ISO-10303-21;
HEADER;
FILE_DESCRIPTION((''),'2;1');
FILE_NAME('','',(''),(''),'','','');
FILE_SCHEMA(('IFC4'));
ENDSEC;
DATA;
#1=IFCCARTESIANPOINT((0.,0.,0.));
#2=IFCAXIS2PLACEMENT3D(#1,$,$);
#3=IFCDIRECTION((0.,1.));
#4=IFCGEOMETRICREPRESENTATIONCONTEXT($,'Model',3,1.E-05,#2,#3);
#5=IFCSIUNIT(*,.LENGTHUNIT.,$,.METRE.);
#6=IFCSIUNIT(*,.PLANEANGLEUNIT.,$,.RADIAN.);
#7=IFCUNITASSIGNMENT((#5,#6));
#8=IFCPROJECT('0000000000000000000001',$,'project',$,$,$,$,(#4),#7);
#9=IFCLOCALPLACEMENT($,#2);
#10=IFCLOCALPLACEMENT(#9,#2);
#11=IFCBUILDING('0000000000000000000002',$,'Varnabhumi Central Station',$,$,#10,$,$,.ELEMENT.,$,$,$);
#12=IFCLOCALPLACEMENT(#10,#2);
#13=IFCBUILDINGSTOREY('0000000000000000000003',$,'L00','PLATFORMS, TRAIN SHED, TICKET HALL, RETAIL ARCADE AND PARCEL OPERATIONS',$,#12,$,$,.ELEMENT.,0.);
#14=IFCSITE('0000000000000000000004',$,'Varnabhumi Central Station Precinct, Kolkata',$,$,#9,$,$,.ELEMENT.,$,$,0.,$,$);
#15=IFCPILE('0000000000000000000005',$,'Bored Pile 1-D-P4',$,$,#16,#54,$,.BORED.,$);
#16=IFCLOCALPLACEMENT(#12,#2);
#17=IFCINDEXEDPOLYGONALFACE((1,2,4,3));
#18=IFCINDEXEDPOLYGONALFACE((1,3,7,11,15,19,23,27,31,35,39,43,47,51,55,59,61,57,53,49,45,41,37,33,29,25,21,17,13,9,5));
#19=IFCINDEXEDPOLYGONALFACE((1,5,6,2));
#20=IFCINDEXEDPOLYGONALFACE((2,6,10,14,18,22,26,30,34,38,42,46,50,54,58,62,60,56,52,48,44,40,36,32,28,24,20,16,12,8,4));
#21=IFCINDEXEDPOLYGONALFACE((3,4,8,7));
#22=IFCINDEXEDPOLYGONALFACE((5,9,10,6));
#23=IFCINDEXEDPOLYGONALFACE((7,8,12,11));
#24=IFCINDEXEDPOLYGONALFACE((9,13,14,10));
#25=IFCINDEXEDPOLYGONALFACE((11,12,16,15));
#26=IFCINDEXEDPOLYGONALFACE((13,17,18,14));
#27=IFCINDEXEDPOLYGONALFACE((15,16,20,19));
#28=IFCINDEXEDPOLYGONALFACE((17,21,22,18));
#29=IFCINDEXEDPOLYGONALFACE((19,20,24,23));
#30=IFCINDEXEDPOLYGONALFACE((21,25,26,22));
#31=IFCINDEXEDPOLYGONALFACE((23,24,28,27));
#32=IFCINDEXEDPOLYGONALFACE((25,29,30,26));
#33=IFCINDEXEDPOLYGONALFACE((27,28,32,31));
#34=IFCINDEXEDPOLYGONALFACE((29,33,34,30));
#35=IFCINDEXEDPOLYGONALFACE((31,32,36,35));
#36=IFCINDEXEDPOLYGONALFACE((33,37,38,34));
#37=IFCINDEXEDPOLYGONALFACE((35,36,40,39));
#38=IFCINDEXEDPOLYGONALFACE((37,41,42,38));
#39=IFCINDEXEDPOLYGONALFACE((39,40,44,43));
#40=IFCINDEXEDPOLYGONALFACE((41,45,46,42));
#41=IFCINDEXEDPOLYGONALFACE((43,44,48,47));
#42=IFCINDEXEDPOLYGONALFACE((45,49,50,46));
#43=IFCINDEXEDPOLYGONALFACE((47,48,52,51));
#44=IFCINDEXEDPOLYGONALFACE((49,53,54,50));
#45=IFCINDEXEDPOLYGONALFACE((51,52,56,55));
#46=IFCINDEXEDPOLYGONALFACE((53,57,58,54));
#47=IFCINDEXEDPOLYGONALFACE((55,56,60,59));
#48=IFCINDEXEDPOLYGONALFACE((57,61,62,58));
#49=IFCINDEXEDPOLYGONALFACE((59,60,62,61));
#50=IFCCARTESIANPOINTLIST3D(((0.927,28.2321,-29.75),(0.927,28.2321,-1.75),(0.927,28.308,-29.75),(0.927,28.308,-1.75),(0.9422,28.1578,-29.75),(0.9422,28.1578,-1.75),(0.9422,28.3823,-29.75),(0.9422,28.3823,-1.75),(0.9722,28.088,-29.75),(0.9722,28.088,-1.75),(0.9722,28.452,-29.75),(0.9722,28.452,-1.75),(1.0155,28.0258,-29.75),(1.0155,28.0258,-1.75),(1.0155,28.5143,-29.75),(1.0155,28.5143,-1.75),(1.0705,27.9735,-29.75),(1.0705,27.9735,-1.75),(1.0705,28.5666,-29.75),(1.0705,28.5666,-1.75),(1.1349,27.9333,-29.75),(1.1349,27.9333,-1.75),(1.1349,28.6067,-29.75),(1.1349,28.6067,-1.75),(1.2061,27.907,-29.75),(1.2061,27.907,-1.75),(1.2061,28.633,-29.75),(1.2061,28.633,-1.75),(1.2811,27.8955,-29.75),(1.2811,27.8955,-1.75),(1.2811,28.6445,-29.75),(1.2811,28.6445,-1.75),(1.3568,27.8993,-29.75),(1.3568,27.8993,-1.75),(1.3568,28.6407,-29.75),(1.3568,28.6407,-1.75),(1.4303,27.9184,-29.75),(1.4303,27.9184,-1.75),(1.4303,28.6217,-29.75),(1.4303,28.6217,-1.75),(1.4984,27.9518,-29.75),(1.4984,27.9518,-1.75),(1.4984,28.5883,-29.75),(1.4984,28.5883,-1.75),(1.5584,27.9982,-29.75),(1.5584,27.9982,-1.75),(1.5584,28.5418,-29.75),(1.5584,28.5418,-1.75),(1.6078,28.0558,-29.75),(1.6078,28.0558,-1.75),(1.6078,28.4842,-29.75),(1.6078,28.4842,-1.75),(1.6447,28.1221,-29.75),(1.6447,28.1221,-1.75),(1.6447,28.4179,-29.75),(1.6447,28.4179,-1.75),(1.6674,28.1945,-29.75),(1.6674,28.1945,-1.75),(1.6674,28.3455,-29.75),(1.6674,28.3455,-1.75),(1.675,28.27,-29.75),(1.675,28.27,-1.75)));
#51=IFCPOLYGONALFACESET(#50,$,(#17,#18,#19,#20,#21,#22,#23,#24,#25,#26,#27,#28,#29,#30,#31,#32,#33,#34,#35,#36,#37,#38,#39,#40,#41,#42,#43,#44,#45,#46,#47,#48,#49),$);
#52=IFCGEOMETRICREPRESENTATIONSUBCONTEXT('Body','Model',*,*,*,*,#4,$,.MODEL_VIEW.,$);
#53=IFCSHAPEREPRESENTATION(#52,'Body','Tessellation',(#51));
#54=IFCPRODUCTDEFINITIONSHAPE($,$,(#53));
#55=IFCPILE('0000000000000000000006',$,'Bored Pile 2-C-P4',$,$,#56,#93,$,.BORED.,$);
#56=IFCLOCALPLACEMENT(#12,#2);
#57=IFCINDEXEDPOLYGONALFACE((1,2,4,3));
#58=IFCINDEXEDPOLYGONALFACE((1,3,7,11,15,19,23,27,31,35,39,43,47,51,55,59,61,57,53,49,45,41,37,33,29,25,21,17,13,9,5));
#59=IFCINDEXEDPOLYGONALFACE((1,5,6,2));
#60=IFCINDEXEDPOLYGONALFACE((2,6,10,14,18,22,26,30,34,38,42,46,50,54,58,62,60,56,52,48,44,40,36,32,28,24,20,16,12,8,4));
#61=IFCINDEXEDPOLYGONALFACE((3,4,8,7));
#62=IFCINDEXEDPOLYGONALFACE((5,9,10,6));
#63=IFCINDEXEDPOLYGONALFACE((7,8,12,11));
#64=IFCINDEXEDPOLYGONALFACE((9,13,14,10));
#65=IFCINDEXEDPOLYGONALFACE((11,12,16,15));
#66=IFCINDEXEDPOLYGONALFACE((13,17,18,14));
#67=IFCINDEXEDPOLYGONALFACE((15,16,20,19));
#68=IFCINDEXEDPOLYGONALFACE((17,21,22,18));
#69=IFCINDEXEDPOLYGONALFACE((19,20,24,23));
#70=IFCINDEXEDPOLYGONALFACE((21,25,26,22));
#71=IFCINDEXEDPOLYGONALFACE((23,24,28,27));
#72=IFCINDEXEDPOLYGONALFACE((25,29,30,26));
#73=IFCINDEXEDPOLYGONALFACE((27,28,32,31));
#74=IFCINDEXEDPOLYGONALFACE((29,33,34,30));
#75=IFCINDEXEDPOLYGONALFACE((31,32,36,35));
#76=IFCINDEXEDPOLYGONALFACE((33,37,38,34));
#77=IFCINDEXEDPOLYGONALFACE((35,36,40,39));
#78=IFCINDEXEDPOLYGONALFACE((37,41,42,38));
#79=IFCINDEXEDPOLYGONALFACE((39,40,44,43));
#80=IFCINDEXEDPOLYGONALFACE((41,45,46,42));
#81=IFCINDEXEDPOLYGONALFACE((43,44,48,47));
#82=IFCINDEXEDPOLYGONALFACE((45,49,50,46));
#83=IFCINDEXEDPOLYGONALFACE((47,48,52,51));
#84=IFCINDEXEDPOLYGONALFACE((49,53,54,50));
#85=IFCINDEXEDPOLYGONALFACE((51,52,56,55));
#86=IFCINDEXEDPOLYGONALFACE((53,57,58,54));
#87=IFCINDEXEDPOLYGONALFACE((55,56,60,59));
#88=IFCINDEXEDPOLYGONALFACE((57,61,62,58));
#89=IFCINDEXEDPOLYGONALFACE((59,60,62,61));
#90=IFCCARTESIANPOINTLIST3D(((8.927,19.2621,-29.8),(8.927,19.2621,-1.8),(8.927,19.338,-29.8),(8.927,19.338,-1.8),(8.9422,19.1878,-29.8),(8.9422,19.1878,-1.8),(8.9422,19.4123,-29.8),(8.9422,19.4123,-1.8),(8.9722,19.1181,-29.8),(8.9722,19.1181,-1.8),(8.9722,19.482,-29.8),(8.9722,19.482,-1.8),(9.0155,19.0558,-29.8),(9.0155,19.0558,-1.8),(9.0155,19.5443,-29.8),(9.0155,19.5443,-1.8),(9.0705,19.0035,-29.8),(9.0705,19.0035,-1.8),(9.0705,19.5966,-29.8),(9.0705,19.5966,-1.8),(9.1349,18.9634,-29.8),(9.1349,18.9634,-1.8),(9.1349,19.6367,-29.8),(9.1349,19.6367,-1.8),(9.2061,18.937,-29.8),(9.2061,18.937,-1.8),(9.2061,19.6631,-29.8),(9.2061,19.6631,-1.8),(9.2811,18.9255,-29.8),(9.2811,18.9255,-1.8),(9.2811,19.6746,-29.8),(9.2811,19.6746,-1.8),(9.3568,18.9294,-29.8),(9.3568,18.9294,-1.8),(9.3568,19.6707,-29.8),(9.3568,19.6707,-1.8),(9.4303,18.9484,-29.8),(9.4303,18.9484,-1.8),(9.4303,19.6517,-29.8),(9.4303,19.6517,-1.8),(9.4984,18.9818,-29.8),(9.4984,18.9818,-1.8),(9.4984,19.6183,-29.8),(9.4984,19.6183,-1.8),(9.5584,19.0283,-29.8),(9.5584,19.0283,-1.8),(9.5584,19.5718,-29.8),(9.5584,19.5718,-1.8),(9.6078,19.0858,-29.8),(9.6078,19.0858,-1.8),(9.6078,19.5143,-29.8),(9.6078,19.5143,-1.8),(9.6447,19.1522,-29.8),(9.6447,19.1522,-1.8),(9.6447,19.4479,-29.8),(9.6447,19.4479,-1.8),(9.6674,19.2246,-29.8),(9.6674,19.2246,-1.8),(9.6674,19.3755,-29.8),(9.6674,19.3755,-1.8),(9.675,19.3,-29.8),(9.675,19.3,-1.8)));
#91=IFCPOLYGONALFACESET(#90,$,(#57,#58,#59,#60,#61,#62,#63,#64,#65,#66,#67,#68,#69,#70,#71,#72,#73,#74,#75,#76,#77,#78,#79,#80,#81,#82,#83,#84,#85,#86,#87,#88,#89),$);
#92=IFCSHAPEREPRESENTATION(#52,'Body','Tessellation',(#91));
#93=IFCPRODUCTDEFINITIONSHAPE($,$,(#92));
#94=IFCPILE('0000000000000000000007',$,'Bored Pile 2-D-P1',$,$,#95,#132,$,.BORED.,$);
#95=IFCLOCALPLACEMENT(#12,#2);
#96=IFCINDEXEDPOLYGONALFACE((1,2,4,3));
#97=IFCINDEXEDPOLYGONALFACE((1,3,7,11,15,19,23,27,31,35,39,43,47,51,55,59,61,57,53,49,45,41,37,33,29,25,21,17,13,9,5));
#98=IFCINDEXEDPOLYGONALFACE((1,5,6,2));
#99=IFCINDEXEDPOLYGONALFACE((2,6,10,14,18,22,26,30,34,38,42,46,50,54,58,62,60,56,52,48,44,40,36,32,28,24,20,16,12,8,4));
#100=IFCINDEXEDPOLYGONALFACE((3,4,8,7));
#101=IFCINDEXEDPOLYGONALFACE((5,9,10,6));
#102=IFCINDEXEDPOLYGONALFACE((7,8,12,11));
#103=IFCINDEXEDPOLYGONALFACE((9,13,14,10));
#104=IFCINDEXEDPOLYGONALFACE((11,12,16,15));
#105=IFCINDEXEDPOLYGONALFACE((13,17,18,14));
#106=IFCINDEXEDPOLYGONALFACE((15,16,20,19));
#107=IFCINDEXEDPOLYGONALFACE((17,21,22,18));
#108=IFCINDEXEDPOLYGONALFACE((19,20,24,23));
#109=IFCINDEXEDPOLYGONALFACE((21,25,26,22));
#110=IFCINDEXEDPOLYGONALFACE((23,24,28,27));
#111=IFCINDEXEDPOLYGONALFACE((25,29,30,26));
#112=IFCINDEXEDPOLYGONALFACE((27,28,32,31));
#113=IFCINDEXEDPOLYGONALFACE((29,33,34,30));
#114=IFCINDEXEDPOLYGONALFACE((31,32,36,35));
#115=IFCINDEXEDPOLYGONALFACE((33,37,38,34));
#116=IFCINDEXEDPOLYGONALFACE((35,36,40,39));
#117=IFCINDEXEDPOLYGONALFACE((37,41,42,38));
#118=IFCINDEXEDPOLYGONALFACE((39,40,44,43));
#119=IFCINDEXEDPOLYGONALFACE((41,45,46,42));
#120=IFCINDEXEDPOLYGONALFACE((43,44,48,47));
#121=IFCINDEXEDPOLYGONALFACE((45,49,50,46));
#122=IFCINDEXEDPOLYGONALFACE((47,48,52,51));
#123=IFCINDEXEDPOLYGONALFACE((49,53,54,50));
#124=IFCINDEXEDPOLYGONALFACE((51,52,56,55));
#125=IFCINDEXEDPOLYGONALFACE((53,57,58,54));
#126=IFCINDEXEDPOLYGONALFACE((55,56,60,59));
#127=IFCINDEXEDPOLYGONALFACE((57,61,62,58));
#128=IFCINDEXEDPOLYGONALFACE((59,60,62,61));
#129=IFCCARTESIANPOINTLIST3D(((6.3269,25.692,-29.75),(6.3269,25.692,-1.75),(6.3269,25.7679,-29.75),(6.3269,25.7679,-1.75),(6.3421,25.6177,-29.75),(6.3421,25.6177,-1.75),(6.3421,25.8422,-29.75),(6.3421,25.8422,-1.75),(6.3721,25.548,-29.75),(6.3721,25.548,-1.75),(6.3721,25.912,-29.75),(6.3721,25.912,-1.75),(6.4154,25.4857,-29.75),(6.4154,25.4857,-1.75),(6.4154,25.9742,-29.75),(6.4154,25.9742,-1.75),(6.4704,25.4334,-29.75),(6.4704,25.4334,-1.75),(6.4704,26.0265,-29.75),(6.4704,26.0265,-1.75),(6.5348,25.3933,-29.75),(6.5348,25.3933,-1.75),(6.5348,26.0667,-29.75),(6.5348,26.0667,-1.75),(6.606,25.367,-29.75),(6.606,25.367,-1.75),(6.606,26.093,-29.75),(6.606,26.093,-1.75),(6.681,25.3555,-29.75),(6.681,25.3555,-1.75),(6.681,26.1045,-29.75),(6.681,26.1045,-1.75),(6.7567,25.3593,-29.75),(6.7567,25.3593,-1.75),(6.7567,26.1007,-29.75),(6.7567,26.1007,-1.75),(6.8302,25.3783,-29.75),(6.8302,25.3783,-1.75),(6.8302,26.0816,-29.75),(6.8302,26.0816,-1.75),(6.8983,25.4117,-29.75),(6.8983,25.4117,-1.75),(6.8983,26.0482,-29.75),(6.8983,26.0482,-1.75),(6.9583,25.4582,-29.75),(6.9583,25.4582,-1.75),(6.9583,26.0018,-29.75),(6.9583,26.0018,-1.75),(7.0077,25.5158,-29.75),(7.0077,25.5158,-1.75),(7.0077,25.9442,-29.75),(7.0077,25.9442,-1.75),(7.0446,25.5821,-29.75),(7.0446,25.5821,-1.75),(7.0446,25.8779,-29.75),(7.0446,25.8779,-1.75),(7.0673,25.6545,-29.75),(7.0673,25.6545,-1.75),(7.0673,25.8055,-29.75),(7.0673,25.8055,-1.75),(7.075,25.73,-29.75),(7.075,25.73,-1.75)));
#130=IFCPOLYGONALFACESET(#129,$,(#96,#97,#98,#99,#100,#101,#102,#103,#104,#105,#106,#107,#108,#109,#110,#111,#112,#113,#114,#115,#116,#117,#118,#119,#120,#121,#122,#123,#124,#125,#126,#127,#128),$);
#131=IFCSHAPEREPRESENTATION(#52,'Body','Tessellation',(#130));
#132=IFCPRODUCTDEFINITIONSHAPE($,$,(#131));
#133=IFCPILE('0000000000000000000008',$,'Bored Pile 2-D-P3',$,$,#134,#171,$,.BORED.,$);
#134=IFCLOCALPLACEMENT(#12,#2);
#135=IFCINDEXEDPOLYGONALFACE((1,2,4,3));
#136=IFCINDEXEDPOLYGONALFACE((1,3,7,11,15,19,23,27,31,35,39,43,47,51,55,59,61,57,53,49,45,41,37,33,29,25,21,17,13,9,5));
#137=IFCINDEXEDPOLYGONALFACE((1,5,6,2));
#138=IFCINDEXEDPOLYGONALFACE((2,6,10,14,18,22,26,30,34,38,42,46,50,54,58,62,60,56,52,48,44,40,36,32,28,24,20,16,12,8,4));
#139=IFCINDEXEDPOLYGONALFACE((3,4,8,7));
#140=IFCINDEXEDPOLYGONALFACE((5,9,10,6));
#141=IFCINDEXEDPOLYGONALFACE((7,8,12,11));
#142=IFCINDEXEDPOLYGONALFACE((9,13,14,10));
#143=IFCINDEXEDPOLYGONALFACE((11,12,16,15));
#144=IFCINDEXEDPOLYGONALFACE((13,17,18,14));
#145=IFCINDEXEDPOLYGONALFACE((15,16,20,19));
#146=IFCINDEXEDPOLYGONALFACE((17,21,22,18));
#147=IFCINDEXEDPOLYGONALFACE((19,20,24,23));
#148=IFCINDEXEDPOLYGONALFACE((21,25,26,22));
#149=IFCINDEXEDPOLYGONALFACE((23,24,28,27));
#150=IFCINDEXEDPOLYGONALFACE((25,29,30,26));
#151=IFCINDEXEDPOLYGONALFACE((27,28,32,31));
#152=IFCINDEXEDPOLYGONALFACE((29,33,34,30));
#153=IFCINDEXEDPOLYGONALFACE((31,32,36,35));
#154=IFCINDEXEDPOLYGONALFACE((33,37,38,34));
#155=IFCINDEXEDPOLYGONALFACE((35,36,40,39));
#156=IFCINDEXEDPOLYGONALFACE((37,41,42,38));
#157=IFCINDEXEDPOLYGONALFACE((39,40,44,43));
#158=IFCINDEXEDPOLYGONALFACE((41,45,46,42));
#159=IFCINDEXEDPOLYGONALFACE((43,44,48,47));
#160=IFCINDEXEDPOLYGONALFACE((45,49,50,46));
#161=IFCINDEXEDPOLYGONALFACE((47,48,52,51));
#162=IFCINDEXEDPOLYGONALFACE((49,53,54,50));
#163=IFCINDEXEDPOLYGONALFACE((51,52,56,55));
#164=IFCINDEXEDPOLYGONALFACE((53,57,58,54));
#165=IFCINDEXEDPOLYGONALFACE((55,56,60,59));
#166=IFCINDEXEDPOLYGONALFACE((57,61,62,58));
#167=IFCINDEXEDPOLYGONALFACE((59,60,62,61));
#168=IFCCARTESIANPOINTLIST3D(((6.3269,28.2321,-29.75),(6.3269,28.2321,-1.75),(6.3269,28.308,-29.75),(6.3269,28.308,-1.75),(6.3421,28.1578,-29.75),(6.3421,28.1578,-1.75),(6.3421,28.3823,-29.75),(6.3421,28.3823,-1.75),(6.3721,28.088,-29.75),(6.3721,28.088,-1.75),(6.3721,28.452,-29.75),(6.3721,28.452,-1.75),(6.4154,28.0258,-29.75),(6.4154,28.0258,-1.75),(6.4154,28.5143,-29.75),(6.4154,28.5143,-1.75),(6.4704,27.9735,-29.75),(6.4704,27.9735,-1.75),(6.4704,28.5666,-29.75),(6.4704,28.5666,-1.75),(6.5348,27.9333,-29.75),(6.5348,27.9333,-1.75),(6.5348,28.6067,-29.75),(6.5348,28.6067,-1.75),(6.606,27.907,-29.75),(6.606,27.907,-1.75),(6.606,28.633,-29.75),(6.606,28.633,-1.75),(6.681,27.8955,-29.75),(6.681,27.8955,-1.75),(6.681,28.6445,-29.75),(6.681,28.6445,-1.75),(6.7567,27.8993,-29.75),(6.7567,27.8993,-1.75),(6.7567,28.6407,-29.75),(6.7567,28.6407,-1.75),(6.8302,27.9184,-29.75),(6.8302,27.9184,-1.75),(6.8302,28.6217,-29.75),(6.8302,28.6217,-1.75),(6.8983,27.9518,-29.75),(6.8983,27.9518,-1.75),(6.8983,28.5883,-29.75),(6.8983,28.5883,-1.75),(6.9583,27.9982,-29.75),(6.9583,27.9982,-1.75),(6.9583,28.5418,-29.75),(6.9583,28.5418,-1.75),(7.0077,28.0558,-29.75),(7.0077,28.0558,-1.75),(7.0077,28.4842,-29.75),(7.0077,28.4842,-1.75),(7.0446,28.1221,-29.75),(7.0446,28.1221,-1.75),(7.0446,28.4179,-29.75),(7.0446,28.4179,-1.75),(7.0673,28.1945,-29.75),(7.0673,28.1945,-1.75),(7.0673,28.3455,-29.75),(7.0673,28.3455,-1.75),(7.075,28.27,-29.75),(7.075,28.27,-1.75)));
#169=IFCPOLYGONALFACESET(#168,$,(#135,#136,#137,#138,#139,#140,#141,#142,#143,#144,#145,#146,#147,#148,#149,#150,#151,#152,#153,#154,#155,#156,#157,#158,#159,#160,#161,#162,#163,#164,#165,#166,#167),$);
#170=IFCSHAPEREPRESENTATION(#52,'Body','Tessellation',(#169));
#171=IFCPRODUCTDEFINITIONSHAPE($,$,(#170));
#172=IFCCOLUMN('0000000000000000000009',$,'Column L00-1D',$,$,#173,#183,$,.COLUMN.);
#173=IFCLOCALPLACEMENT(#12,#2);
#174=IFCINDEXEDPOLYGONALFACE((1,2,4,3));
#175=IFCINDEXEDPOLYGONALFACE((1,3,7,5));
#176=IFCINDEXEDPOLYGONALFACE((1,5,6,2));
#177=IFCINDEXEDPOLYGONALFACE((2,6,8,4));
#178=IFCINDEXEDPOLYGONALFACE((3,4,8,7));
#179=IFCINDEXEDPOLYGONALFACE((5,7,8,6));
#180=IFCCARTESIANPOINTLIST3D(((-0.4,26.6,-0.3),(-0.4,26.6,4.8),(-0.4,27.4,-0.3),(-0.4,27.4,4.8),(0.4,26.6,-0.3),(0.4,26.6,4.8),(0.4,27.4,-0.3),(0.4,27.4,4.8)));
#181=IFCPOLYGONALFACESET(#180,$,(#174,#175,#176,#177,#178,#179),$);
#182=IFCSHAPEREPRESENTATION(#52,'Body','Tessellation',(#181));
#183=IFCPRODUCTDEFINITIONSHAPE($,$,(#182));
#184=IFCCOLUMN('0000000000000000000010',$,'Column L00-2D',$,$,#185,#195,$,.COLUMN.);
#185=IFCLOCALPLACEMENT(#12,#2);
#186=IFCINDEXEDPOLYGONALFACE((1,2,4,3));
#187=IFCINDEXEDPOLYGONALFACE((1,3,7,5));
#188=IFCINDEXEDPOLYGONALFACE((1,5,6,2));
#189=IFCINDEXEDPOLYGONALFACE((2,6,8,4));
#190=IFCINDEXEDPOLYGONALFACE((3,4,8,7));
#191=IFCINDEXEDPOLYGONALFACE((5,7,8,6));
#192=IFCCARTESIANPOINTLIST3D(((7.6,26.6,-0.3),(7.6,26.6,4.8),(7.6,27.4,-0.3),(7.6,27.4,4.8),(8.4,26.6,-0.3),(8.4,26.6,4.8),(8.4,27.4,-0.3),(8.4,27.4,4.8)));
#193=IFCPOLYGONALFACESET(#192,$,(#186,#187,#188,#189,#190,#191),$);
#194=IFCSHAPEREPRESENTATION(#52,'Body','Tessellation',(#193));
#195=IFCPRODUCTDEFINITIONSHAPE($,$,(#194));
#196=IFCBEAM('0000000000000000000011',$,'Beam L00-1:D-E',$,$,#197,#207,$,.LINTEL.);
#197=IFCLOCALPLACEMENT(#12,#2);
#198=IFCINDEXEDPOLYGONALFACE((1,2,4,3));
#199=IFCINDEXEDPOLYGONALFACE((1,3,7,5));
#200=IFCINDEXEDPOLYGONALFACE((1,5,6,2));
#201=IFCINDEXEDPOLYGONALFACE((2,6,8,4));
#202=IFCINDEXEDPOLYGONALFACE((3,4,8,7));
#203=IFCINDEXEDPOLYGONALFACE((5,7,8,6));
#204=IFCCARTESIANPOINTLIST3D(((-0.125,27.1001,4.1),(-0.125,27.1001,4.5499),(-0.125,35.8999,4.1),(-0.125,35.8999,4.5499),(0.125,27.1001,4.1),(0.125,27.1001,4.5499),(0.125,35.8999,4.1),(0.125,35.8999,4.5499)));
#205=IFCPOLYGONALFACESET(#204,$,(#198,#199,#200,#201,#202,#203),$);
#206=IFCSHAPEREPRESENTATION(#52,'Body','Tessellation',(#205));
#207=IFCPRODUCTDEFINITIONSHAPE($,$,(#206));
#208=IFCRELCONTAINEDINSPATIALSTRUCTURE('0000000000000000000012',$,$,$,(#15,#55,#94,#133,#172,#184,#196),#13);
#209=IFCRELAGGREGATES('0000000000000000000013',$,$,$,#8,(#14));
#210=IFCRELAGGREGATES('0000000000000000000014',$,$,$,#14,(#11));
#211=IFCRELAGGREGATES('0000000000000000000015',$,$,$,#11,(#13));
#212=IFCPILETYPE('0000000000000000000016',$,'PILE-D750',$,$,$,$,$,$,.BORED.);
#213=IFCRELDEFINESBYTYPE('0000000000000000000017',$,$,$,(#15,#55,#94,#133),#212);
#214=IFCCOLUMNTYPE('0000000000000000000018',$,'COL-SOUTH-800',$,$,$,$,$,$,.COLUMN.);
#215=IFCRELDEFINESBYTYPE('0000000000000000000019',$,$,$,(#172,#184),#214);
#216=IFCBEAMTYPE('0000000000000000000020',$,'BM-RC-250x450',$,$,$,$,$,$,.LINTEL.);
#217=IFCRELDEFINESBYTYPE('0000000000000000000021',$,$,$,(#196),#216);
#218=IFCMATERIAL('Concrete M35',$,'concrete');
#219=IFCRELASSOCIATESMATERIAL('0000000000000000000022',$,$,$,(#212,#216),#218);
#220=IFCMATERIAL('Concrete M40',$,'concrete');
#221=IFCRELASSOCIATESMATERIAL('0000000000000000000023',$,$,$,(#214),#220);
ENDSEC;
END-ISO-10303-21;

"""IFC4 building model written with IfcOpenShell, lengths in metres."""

from ifc_helpers import new_model, si_unit, direction, frame, origin, origin_2d, place, context, subcontext, project, spatial, rectangle, circle, extrude, material, material_profile, profile_set, type_object, element, save


model = new_model("IFC4")

# Units and contexts
model_context = context("Model", 3, precision=1e-05, world=origin(), true_north=direction((0.0, 1.0)))
body_context = subcontext(model_context, "Body", "Model", "MODEL_VIEW")
ifc_project = project(units=[si_unit("LENGTHUNIT", "METRE"), si_unit("PLANEANGLEUNIT", "RADIAN")], contexts=[model_context])

# Site, building, storey
site_placement = place(None, origin())
site = spatial("IfcSite", under=ifc_project, at=site_placement, Name="Varnabhumi Central Station Precinct, Kolkata", CompositionType="ELEMENT", RefElevation=0.0)
building_placement = place(site_placement, origin())
building = spatial("IfcBuilding", under=site, at=building_placement, Name="Varnabhumi Central Station", CompositionType="ELEMENT")
storey_placement = place(building_placement, origin())
storey = spatial("IfcBuildingStorey", under=building, at=storey_placement, Name="L00", Description="PLATFORMS, TRAIN SHED, TICKET HALL, RETAIL ARCADE AND PARCEL OPERATIONS", CompositionType="ELEMENT", Elevation=0.0)

# Shared definitions
ifc_material_1 = material(Name="Concrete M40", Category="concrete")

# Piles
ifc_material_2 = material(Name="Concrete M35", Category="concrete")
ifc_material_profile_1 = material_profile(ifc_material_2, circle(Radius=0.375, at=origin_2d()), Name="Concrete M35", Category="concrete")
ifc_profile_set_1 = profile_set([ifc_material_profile_1], Name="Concrete M35")
pile_type = type_object("IfcPileType", Name="PILE-D750", PredefinedType="BORED", material=ifc_profile_set_1)
for number, where, z_axis, x_axis, name in (
    (1, (1.3, 28.27, -1.75), (0.0, 0.0, -1.0), (1.0, 0.0, 0.0), "Bored Pile 1-D-P4"),
    (2, (9.3, 19.3, -1.8), (0.0, 0.0, -1.0), (1.0, 0.0, 0.0), "Bored Pile 2-C-P4"),
    (3, (6.7, 25.73, -1.75), (0.0, 0.0, -1.0), (1.0, 0.0, 0.0), "Bored Pile 2-D-P1"),
    (4, (6.7, 28.27, -1.75), (0.0, 0.0, -1.0), (1.0, 0.0, 0.0), "Bored Pile 2-D-P3"),
):
    element("IfcPile", number, at=place(storey_placement, frame(where, z_axis=z_axis, x_axis=x_axis)), inside=storey, type_object=pile_type, Name=name, PredefinedType="BORED", context=body_context, shape_type="SweptSolid", body=[
        extrude(circle(Radius=0.375, at=origin_2d()), origin(), (0.0, 0.0, 1.0), 28.0),
    ])

# Columns
ifc_material_profile_2 = material_profile(ifc_material_1, rectangle(XDim=0.8, YDim=0.8, at=origin_2d()), Name="Concrete M40", Category="concrete")
ifc_profile_set_2 = profile_set([ifc_material_profile_2], Name="Concrete M40")
column_type = type_object("IfcColumnType", Name="COL-SOUTH-800", PredefinedType="COLUMN", material=ifc_profile_set_2)
for number, where, z_axis, x_axis, name in (
    (5, (0.0, 27.0, -0.3), (0.0, 0.0, 1.0), (1.0, 0.0, 0.0), "Column L00-1D"),
    (6, (8.0, 27.0, -0.3), (0.0, 0.0, 1.0), (1.0, 0.0, 0.0), "Column L00-2D"),
):
    element("IfcColumn", number, at=place(storey_placement, frame(where, z_axis=z_axis, x_axis=x_axis)), inside=storey, type_object=column_type, Name=name, PredefinedType="COLUMN", context=body_context, shape_type="SweptSolid", body=[
        extrude(rectangle(XDim=0.8, YDim=0.8, at=origin_2d()), origin(), (0.0, 0.0, 1.0), 5.1001),
    ])

# Beam
ifc_material_profile_3 = material_profile(ifc_material_2, rectangle(XDim=0.25, YDim=0.45, at=origin_2d()), Name="Concrete M35", Category="concrete")
ifc_profile_set_3 = profile_set([ifc_material_profile_3], Name="Concrete M35")
beam_type_1 = type_object("IfcBeamType", Name="BM-RC-250x450", PredefinedType="LINTEL", material=ifc_profile_set_3)
beam_1_placement = place(storey_placement, frame((0.0, 27.1001, 4.325), z_axis=(0.0, 1.0, 0.0), x_axis=(-1.0, 0.0, 0.0)))
element("IfcBeam", 7, at=beam_1_placement, inside=storey, type_object=beam_type_1, Name="Beam L00-1:D-E", PredefinedType="LINTEL", context=body_context, shape_type="SweptSolid", body=[
    extrude(rectangle(XDim=0.25, YDim=0.45, at=origin_2d()), origin(), (0.0, 0.0, 1.0), 8.7998),
])

save(model, "model.ifc")
